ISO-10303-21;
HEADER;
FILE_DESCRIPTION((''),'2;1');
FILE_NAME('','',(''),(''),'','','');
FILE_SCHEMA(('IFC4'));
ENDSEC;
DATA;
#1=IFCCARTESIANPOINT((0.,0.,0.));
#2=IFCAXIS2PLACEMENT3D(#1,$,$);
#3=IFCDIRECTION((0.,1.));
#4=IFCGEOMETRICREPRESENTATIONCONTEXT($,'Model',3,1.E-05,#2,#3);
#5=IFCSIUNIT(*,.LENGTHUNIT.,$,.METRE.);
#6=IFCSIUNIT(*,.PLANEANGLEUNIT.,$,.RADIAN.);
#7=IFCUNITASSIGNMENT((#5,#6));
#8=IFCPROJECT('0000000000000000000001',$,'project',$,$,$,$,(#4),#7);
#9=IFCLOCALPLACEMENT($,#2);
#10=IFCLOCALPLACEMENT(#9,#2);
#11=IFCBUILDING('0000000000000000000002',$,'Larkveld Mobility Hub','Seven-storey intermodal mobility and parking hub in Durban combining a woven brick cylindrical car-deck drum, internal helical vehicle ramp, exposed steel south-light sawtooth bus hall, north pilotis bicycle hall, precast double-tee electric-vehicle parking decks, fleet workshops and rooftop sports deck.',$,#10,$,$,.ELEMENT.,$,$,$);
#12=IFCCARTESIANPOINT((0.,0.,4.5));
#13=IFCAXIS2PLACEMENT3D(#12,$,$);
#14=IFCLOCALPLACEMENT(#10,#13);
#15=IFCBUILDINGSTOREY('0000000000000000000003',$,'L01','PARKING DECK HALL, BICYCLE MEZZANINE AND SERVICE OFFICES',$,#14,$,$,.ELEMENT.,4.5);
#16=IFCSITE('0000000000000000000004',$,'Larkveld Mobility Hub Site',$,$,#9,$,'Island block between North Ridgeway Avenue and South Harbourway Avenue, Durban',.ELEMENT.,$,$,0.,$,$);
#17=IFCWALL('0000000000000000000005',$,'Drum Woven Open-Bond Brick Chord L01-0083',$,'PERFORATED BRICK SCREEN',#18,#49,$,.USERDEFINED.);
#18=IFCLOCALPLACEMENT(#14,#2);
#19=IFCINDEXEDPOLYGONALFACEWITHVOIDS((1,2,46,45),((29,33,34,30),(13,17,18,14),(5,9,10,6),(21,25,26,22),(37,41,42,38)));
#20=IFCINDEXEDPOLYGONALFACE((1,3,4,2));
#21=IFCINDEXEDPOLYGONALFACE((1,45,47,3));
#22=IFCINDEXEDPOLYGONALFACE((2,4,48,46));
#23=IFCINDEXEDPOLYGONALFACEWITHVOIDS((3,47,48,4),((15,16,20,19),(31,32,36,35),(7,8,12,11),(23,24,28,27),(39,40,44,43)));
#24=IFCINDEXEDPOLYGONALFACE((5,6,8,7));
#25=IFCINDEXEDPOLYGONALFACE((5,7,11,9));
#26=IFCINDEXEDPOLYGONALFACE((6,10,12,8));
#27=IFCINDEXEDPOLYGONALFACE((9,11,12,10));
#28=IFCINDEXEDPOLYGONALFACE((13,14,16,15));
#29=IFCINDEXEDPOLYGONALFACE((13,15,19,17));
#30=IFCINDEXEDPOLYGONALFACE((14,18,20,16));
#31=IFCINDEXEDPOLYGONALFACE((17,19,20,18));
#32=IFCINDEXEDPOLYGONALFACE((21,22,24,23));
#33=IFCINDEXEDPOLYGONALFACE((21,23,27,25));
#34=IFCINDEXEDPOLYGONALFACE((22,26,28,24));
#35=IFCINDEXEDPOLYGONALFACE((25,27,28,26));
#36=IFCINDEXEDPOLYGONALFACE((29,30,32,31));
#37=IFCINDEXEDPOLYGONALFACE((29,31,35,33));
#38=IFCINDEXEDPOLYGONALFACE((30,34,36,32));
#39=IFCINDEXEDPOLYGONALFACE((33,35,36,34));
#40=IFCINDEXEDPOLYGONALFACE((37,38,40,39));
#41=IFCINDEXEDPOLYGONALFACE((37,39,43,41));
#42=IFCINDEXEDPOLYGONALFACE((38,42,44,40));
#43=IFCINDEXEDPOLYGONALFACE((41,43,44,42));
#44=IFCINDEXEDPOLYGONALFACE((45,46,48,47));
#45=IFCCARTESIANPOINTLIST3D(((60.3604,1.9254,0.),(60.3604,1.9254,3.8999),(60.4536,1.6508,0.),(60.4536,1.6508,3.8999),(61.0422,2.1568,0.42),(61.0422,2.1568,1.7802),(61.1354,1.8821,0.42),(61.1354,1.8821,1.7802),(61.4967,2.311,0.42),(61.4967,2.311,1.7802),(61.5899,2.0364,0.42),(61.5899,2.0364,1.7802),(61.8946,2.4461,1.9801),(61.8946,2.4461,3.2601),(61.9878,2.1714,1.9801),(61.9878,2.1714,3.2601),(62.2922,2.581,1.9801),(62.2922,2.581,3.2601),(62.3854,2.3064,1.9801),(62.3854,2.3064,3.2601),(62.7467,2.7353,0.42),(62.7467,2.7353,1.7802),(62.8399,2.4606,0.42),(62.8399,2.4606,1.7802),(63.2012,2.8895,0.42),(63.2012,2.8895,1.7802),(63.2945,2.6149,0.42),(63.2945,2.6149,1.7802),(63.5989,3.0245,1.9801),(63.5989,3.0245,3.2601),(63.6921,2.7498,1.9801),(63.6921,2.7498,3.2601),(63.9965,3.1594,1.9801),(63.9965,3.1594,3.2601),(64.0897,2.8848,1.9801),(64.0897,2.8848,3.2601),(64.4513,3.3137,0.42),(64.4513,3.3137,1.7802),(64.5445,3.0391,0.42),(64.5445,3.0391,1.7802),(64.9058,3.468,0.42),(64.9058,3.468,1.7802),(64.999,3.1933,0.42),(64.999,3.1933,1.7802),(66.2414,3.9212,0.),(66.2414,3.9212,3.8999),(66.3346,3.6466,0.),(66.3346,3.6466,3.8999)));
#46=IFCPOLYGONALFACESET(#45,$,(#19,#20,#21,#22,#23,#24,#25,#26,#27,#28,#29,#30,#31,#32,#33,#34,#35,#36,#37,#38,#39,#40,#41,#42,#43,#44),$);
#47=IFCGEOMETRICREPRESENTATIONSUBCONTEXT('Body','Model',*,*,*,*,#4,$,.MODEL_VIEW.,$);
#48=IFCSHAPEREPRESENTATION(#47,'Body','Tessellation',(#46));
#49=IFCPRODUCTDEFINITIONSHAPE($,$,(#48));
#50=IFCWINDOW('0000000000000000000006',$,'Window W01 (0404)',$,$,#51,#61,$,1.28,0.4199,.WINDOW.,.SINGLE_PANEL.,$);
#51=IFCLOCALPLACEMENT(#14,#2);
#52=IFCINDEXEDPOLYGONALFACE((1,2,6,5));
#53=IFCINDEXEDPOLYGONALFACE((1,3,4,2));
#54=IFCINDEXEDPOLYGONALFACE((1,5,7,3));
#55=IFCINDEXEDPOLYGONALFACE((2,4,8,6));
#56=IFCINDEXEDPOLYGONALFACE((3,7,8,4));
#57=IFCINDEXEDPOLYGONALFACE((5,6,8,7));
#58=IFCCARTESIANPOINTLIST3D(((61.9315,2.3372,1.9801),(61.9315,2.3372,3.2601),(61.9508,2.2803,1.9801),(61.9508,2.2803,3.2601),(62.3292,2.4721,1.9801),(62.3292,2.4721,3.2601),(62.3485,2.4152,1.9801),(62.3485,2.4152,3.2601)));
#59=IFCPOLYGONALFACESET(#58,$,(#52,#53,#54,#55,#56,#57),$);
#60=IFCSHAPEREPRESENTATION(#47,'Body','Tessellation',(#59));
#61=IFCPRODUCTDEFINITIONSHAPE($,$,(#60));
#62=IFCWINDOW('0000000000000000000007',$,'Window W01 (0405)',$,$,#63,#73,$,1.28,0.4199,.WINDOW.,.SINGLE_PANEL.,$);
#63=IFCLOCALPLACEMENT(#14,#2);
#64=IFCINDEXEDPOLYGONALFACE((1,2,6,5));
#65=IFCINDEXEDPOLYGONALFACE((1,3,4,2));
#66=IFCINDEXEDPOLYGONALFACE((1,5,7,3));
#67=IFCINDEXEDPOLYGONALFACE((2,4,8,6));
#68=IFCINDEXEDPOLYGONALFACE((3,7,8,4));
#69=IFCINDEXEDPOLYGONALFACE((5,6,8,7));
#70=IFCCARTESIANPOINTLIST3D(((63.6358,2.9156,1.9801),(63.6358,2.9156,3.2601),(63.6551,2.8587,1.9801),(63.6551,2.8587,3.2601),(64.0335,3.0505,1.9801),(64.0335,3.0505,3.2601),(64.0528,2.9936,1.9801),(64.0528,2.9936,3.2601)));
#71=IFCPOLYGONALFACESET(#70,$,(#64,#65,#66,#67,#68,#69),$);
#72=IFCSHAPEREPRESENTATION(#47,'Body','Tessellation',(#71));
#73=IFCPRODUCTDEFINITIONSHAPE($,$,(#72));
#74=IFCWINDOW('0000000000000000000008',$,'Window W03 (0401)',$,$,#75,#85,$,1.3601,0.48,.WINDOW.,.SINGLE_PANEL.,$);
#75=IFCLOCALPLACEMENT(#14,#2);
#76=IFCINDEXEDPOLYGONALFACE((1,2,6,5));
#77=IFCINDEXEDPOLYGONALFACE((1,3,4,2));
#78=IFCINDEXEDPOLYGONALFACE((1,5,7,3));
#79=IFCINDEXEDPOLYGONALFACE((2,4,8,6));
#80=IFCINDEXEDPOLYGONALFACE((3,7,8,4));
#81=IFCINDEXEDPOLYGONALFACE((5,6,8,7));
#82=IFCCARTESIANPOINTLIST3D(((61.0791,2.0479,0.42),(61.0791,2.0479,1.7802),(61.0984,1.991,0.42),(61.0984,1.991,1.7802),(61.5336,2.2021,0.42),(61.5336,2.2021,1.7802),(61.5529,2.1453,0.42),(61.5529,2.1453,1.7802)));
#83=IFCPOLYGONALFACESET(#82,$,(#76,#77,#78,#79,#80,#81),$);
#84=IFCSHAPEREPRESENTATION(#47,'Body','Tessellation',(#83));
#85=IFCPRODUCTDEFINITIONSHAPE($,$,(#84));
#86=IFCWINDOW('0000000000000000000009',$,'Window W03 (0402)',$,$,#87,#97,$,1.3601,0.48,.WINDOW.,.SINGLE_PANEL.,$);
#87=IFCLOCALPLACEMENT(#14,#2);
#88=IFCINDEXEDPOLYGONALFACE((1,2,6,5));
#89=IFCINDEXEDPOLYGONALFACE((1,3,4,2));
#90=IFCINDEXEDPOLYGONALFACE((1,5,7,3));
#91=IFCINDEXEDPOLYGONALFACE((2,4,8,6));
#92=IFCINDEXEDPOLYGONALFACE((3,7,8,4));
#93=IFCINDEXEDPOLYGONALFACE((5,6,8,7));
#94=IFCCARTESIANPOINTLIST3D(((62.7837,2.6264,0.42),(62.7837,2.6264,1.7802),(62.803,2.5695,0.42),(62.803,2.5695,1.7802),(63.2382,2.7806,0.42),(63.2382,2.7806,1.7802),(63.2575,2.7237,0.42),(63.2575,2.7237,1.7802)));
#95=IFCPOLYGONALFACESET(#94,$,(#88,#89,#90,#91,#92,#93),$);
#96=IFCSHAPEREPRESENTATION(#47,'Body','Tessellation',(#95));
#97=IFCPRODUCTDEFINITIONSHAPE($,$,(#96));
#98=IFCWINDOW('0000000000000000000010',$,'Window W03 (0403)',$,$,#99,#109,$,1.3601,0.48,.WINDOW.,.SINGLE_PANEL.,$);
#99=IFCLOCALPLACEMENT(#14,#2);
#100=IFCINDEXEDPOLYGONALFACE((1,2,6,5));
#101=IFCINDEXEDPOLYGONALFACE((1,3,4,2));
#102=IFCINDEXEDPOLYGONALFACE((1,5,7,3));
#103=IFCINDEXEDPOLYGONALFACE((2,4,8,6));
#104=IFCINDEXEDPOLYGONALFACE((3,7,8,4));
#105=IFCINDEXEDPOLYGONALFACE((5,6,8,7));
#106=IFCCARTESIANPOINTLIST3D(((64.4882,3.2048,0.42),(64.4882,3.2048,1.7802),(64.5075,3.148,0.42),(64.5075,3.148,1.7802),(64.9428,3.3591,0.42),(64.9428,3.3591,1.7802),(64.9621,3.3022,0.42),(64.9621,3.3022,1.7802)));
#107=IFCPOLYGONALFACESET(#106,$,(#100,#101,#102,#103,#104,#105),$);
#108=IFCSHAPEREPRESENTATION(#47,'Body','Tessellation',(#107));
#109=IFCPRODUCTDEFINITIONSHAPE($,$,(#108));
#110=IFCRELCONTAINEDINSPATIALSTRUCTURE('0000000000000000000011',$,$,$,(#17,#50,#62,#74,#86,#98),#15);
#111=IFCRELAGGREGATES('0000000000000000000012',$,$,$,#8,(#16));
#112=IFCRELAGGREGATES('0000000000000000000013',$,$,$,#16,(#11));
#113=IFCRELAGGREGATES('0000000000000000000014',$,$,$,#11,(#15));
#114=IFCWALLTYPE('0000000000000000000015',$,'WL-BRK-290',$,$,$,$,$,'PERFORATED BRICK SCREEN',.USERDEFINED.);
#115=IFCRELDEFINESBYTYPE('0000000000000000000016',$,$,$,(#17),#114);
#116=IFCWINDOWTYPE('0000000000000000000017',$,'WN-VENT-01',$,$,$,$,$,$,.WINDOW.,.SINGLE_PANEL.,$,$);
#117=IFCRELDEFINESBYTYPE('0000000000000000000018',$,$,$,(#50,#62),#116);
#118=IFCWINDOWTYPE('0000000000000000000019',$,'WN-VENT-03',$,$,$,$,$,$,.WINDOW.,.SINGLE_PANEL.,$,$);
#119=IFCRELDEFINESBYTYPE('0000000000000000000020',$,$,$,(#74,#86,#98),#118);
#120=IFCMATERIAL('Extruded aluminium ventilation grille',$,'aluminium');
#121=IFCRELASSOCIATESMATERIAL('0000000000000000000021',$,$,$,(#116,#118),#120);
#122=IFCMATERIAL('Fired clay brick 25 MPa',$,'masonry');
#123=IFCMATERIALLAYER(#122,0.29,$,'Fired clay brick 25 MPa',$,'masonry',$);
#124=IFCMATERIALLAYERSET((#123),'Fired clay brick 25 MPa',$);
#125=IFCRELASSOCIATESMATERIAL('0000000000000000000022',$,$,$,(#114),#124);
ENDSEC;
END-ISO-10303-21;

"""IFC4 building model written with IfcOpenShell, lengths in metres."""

from ifc_helpers import new_model, si_unit, direction, frame, frame_2d, origin, place, context, subcontext, project, spatial, rectangle, extrude, material, layer, layer_set, type_object, element, fill, save


model = new_model("IFC4")

# Units and contexts
model_context = context("Model", 3, precision=1e-05, world=origin(), true_north=direction((0.0, 1.0)))
body_context = subcontext(model_context, "Body", "Model", "MODEL_VIEW")
ifc_project = project(units=[si_unit("LENGTHUNIT", "METRE"), si_unit("PLANEANGLEUNIT", "RADIAN")], contexts=[model_context])

# Site, building, storey
site_placement = place(None, origin())
site = spatial("IfcSite", under=ifc_project, at=site_placement, Name="Larkveld Mobility Hub Site", LongName="Island block between North Ridgeway Avenue and South Harbourway Avenue, Durban", CompositionType="ELEMENT", RefElevation=0.0)
building_placement = place(site_placement, origin())
building = spatial("IfcBuilding", under=site, at=building_placement, Name="Larkveld Mobility Hub", Description="Seven-storey intermodal mobility and parking hub in Durban combining a woven brick cylindrical car-deck drum, internal helical vehicle ramp, exposed steel south-light sawtooth bus hall, north pilotis bicycle hall, precast double-tee electric-vehicle parking decks, fleet workshops and rooftop sports deck.", CompositionType="ELEMENT")
storey_placement = place(building_placement, frame((0.0, 0.0, 4.5)))
storey = spatial("IfcBuildingStorey", under=building, at=storey_placement, Name="L01", Description="PARKING DECK HALL, BICYCLE MEZZANINE AND SERVICE OFFICES", CompositionType="ELEMENT", Elevation=4.5)

# Wall, openings, windows
ifc_material_1 = material(Name="Fired clay brick 25 MPa", Category="masonry")
ifc_material_2 = material(Name="Extruded aluminium ventilation grille", Category="aluminium")
window_type_1 = type_object("IfcWindowType", Name="WN-VENT-01", PartitioningType="SINGLE_PANEL", PredefinedType="WINDOW", material=ifc_material_2)
window_type_2 = type_object("IfcWindowType", Name="WN-VENT-03", PartitioningType="SINGLE_PANEL", PredefinedType="WINDOW", material=ifc_material_2)
ifc_layer_1 = layer(ifc_material_1, 0.29, Name="Fired clay brick 25 MPa", Category="masonry")
ifc_layer_set_1 = layer_set([ifc_layer_1], Name="Fired clay brick 25 MPa")
wall_type_1 = type_object("IfcWallType", Name="WL-BRK-290", ElementType="PERFORATED BRICK SCREEN", PredefinedType="USERDEFINED", material=ifc_layer_set_1)
wall_1_placement = place(storey_placement, frame((60.407, 1.7881, 0.0), z_axis=(0.0, 0.0, 1.0), x_axis=(0.946955, 0.321365, 0.0)))
wall_1 = element("IfcWall", 1, at=wall_1_placement, inside=storey, type_object=wall_type_1, Name="Drum Woven Open-Bond Brick Chord L01-0083", ObjectType="PERFORATED BRICK SCREEN", PredefinedType="USERDEFINED", context=body_context, shape_type="SweptSolid", body=[
    extrude(rectangle(XDim=6.2104, YDim=0.29, at=frame_2d((3.1052, 0.0))), origin(), (0.0, 0.0, 1.0), 3.8999),
])
opening_1_placement = place(wall_1_placement, frame((0.72, 0.0, 0.4199)))
opening_1 = element("IfcOpeningElement", 2, at=opening_1_placement, cuts=wall_1, PredefinedType="OPENING", context=body_context, shape_type="SweptSolid", body=[
    extrude(rectangle(XDim=0.48, YDim=1.3601, at=frame_2d((0.24, 0.6802))), frame((0.0, 0.155, 0.0), z_axis=(0.0, -1.0, 0.0), x_axis=(1.0, 0.0, 0.0)), (0.0, 0.0, 1.0), 0.3101),
])
opening_2_placement = place(wall_1_placement, frame((2.52, 0.0, 0.4199)))
opening_2 = element("IfcOpeningElement", 3, at=opening_2_placement, cuts=wall_1, PredefinedType="OPENING", context=body_context, shape_type="SweptSolid", body=[
    extrude(rectangle(XDim=0.48, YDim=1.3601, at=frame_2d((0.24, 0.6802))), frame((0.0, 0.155, 0.0), z_axis=(0.0, -1.0, 0.0), x_axis=(1.0, 0.0, 0.0)), (0.0, 0.0, 1.0), 0.3101),
])
opening_3_placement = place(wall_1_placement, frame((4.3201, 0.0, 0.4199)))
opening_3 = element("IfcOpeningElement", 4, at=opening_3_placement, cuts=wall_1, PredefinedType="OPENING", context=body_context, shape_type="SweptSolid", body=[
    extrude(rectangle(XDim=0.48, YDim=1.3601, at=frame_2d((0.24, 0.6802))), frame((0.0, 0.155, 0.0), z_axis=(0.0, -1.0, 0.0), x_axis=(1.0, 0.0, 0.0)), (0.0, 0.0, 1.0), 0.3101),
])
opening_4_placement = place(wall_1_placement, frame((1.6201, 0.0, 1.98)))
opening_4 = element("IfcOpeningElement", 5, at=opening_4_placement, cuts=wall_1, PredefinedType="OPENING", context=body_context, shape_type="SweptSolid", body=[
    extrude(rectangle(XDim=0.4199, YDim=1.28, at=frame_2d((0.21, 0.6401))), frame((0.0, 0.155, 0.0), z_axis=(0.0, -1.0, 0.0), x_axis=(1.0, 0.0, 0.0)), (0.0, 0.0, 1.0), 0.3101),
])
opening_5_placement = place(wall_1_placement, frame((3.4199, 0.0, 1.98)))
opening_5 = element("IfcOpeningElement", 6, at=opening_5_placement, cuts=wall_1, PredefinedType="OPENING", context=body_context, shape_type="SweptSolid", body=[
    extrude(rectangle(XDim=0.4199, YDim=1.28, at=frame_2d((0.21, 0.6401))), frame((0.0, 0.155, 0.0), z_axis=(0.0, -1.0, 0.0), x_axis=(1.0, 0.0, 0.0)), (0.0, 0.0, 1.0), 0.3101),
])
window_1_placement = place(opening_4_placement, origin())
window_1 = element("IfcWindow", 7, at=window_1_placement, inside=storey, type_object=window_type_1, Name="Window W01 (0404)", OverallHeight=1.28, OverallWidth=0.4199, PartitioningType="SINGLE_PANEL", PredefinedType="WINDOW", context=body_context, shape_type="SweptSolid", body=[
    extrude(rectangle(XDim=0.4199, YDim=1.28, at=frame_2d((0.21, 0.6401))), frame((0.0, 0.03, 0.0), z_axis=(0.0, -1.0, 0.0), x_axis=(1.0, 0.0, 0.0)), (0.0, 0.0, 1.0), 0.0601),
])
fill(opening_4, window_1)
window_2_placement = place(opening_5_placement, origin())
window_2 = element("IfcWindow", 8, at=window_2_placement, inside=storey, type_object=window_type_1, Name="Window W01 (0405)", OverallHeight=1.28, OverallWidth=0.4199, PartitioningType="SINGLE_PANEL", PredefinedType="WINDOW", context=body_context, shape_type="SweptSolid", body=[
    extrude(rectangle(XDim=0.4199, YDim=1.28, at=frame_2d((0.21, 0.6401))), frame((0.0, 0.03, 0.0), z_axis=(0.0, -1.0, 0.0), x_axis=(1.0, 0.0, 0.0)), (0.0, 0.0, 1.0), 0.0601),
])
fill(opening_5, window_2)
window_3_placement = place(opening_1_placement, origin())
window_3 = element("IfcWindow", 9, at=window_3_placement, inside=storey, type_object=window_type_2, Name="Window W03 (0401)", OverallHeight=1.3601, OverallWidth=0.48, PartitioningType="SINGLE_PANEL", PredefinedType="WINDOW", context=body_context, shape_type="SweptSolid", body=[
    extrude(rectangle(XDim=0.48, YDim=1.3601, at=frame_2d((0.24, 0.6802))), frame((0.0, 0.03, 0.0), z_axis=(0.0, -1.0, 0.0), x_axis=(1.0, 0.0, 0.0)), (0.0, 0.0, 1.0), 0.0601),
])
fill(opening_1, window_3)
window_4_placement = place(opening_2_placement, origin())
window_4 = element("IfcWindow", 10, at=window_4_placement, inside=storey, type_object=window_type_2, Name="Window W03 (0402)", OverallHeight=1.3601, OverallWidth=0.48, PartitioningType="SINGLE_PANEL", PredefinedType="WINDOW", context=body_context, shape_type="SweptSolid", body=[
    extrude(rectangle(XDim=0.48, YDim=1.3601, at=frame_2d((0.24, 0.6802))), frame((0.0, 0.03, 0.0), z_axis=(0.0, -1.0, 0.0), x_axis=(1.0, 0.0, 0.0)), (0.0, 0.0, 1.0), 0.0601),
])
fill(opening_2, window_4)
window_5_placement = place(opening_3_placement, origin())
window_5 = element("IfcWindow", 11, at=window_5_placement, inside=storey, type_object=window_type_2, Name="Window W03 (0403)", OverallHeight=1.3601, OverallWidth=0.48, PartitioningType="SINGLE_PANEL", PredefinedType="WINDOW", context=body_context, shape_type="SweptSolid", body=[
    extrude(rectangle(XDim=0.48, YDim=1.3601, at=frame_2d((0.24, 0.6802))), frame((0.0, 0.03, 0.0), z_axis=(0.0, -1.0, 0.0), x_axis=(1.0, 0.0, 0.0)), (0.0, 0.0, 1.0), 0.0601),
])
fill(opening_3, window_5)

save(model, "model.ifc")
